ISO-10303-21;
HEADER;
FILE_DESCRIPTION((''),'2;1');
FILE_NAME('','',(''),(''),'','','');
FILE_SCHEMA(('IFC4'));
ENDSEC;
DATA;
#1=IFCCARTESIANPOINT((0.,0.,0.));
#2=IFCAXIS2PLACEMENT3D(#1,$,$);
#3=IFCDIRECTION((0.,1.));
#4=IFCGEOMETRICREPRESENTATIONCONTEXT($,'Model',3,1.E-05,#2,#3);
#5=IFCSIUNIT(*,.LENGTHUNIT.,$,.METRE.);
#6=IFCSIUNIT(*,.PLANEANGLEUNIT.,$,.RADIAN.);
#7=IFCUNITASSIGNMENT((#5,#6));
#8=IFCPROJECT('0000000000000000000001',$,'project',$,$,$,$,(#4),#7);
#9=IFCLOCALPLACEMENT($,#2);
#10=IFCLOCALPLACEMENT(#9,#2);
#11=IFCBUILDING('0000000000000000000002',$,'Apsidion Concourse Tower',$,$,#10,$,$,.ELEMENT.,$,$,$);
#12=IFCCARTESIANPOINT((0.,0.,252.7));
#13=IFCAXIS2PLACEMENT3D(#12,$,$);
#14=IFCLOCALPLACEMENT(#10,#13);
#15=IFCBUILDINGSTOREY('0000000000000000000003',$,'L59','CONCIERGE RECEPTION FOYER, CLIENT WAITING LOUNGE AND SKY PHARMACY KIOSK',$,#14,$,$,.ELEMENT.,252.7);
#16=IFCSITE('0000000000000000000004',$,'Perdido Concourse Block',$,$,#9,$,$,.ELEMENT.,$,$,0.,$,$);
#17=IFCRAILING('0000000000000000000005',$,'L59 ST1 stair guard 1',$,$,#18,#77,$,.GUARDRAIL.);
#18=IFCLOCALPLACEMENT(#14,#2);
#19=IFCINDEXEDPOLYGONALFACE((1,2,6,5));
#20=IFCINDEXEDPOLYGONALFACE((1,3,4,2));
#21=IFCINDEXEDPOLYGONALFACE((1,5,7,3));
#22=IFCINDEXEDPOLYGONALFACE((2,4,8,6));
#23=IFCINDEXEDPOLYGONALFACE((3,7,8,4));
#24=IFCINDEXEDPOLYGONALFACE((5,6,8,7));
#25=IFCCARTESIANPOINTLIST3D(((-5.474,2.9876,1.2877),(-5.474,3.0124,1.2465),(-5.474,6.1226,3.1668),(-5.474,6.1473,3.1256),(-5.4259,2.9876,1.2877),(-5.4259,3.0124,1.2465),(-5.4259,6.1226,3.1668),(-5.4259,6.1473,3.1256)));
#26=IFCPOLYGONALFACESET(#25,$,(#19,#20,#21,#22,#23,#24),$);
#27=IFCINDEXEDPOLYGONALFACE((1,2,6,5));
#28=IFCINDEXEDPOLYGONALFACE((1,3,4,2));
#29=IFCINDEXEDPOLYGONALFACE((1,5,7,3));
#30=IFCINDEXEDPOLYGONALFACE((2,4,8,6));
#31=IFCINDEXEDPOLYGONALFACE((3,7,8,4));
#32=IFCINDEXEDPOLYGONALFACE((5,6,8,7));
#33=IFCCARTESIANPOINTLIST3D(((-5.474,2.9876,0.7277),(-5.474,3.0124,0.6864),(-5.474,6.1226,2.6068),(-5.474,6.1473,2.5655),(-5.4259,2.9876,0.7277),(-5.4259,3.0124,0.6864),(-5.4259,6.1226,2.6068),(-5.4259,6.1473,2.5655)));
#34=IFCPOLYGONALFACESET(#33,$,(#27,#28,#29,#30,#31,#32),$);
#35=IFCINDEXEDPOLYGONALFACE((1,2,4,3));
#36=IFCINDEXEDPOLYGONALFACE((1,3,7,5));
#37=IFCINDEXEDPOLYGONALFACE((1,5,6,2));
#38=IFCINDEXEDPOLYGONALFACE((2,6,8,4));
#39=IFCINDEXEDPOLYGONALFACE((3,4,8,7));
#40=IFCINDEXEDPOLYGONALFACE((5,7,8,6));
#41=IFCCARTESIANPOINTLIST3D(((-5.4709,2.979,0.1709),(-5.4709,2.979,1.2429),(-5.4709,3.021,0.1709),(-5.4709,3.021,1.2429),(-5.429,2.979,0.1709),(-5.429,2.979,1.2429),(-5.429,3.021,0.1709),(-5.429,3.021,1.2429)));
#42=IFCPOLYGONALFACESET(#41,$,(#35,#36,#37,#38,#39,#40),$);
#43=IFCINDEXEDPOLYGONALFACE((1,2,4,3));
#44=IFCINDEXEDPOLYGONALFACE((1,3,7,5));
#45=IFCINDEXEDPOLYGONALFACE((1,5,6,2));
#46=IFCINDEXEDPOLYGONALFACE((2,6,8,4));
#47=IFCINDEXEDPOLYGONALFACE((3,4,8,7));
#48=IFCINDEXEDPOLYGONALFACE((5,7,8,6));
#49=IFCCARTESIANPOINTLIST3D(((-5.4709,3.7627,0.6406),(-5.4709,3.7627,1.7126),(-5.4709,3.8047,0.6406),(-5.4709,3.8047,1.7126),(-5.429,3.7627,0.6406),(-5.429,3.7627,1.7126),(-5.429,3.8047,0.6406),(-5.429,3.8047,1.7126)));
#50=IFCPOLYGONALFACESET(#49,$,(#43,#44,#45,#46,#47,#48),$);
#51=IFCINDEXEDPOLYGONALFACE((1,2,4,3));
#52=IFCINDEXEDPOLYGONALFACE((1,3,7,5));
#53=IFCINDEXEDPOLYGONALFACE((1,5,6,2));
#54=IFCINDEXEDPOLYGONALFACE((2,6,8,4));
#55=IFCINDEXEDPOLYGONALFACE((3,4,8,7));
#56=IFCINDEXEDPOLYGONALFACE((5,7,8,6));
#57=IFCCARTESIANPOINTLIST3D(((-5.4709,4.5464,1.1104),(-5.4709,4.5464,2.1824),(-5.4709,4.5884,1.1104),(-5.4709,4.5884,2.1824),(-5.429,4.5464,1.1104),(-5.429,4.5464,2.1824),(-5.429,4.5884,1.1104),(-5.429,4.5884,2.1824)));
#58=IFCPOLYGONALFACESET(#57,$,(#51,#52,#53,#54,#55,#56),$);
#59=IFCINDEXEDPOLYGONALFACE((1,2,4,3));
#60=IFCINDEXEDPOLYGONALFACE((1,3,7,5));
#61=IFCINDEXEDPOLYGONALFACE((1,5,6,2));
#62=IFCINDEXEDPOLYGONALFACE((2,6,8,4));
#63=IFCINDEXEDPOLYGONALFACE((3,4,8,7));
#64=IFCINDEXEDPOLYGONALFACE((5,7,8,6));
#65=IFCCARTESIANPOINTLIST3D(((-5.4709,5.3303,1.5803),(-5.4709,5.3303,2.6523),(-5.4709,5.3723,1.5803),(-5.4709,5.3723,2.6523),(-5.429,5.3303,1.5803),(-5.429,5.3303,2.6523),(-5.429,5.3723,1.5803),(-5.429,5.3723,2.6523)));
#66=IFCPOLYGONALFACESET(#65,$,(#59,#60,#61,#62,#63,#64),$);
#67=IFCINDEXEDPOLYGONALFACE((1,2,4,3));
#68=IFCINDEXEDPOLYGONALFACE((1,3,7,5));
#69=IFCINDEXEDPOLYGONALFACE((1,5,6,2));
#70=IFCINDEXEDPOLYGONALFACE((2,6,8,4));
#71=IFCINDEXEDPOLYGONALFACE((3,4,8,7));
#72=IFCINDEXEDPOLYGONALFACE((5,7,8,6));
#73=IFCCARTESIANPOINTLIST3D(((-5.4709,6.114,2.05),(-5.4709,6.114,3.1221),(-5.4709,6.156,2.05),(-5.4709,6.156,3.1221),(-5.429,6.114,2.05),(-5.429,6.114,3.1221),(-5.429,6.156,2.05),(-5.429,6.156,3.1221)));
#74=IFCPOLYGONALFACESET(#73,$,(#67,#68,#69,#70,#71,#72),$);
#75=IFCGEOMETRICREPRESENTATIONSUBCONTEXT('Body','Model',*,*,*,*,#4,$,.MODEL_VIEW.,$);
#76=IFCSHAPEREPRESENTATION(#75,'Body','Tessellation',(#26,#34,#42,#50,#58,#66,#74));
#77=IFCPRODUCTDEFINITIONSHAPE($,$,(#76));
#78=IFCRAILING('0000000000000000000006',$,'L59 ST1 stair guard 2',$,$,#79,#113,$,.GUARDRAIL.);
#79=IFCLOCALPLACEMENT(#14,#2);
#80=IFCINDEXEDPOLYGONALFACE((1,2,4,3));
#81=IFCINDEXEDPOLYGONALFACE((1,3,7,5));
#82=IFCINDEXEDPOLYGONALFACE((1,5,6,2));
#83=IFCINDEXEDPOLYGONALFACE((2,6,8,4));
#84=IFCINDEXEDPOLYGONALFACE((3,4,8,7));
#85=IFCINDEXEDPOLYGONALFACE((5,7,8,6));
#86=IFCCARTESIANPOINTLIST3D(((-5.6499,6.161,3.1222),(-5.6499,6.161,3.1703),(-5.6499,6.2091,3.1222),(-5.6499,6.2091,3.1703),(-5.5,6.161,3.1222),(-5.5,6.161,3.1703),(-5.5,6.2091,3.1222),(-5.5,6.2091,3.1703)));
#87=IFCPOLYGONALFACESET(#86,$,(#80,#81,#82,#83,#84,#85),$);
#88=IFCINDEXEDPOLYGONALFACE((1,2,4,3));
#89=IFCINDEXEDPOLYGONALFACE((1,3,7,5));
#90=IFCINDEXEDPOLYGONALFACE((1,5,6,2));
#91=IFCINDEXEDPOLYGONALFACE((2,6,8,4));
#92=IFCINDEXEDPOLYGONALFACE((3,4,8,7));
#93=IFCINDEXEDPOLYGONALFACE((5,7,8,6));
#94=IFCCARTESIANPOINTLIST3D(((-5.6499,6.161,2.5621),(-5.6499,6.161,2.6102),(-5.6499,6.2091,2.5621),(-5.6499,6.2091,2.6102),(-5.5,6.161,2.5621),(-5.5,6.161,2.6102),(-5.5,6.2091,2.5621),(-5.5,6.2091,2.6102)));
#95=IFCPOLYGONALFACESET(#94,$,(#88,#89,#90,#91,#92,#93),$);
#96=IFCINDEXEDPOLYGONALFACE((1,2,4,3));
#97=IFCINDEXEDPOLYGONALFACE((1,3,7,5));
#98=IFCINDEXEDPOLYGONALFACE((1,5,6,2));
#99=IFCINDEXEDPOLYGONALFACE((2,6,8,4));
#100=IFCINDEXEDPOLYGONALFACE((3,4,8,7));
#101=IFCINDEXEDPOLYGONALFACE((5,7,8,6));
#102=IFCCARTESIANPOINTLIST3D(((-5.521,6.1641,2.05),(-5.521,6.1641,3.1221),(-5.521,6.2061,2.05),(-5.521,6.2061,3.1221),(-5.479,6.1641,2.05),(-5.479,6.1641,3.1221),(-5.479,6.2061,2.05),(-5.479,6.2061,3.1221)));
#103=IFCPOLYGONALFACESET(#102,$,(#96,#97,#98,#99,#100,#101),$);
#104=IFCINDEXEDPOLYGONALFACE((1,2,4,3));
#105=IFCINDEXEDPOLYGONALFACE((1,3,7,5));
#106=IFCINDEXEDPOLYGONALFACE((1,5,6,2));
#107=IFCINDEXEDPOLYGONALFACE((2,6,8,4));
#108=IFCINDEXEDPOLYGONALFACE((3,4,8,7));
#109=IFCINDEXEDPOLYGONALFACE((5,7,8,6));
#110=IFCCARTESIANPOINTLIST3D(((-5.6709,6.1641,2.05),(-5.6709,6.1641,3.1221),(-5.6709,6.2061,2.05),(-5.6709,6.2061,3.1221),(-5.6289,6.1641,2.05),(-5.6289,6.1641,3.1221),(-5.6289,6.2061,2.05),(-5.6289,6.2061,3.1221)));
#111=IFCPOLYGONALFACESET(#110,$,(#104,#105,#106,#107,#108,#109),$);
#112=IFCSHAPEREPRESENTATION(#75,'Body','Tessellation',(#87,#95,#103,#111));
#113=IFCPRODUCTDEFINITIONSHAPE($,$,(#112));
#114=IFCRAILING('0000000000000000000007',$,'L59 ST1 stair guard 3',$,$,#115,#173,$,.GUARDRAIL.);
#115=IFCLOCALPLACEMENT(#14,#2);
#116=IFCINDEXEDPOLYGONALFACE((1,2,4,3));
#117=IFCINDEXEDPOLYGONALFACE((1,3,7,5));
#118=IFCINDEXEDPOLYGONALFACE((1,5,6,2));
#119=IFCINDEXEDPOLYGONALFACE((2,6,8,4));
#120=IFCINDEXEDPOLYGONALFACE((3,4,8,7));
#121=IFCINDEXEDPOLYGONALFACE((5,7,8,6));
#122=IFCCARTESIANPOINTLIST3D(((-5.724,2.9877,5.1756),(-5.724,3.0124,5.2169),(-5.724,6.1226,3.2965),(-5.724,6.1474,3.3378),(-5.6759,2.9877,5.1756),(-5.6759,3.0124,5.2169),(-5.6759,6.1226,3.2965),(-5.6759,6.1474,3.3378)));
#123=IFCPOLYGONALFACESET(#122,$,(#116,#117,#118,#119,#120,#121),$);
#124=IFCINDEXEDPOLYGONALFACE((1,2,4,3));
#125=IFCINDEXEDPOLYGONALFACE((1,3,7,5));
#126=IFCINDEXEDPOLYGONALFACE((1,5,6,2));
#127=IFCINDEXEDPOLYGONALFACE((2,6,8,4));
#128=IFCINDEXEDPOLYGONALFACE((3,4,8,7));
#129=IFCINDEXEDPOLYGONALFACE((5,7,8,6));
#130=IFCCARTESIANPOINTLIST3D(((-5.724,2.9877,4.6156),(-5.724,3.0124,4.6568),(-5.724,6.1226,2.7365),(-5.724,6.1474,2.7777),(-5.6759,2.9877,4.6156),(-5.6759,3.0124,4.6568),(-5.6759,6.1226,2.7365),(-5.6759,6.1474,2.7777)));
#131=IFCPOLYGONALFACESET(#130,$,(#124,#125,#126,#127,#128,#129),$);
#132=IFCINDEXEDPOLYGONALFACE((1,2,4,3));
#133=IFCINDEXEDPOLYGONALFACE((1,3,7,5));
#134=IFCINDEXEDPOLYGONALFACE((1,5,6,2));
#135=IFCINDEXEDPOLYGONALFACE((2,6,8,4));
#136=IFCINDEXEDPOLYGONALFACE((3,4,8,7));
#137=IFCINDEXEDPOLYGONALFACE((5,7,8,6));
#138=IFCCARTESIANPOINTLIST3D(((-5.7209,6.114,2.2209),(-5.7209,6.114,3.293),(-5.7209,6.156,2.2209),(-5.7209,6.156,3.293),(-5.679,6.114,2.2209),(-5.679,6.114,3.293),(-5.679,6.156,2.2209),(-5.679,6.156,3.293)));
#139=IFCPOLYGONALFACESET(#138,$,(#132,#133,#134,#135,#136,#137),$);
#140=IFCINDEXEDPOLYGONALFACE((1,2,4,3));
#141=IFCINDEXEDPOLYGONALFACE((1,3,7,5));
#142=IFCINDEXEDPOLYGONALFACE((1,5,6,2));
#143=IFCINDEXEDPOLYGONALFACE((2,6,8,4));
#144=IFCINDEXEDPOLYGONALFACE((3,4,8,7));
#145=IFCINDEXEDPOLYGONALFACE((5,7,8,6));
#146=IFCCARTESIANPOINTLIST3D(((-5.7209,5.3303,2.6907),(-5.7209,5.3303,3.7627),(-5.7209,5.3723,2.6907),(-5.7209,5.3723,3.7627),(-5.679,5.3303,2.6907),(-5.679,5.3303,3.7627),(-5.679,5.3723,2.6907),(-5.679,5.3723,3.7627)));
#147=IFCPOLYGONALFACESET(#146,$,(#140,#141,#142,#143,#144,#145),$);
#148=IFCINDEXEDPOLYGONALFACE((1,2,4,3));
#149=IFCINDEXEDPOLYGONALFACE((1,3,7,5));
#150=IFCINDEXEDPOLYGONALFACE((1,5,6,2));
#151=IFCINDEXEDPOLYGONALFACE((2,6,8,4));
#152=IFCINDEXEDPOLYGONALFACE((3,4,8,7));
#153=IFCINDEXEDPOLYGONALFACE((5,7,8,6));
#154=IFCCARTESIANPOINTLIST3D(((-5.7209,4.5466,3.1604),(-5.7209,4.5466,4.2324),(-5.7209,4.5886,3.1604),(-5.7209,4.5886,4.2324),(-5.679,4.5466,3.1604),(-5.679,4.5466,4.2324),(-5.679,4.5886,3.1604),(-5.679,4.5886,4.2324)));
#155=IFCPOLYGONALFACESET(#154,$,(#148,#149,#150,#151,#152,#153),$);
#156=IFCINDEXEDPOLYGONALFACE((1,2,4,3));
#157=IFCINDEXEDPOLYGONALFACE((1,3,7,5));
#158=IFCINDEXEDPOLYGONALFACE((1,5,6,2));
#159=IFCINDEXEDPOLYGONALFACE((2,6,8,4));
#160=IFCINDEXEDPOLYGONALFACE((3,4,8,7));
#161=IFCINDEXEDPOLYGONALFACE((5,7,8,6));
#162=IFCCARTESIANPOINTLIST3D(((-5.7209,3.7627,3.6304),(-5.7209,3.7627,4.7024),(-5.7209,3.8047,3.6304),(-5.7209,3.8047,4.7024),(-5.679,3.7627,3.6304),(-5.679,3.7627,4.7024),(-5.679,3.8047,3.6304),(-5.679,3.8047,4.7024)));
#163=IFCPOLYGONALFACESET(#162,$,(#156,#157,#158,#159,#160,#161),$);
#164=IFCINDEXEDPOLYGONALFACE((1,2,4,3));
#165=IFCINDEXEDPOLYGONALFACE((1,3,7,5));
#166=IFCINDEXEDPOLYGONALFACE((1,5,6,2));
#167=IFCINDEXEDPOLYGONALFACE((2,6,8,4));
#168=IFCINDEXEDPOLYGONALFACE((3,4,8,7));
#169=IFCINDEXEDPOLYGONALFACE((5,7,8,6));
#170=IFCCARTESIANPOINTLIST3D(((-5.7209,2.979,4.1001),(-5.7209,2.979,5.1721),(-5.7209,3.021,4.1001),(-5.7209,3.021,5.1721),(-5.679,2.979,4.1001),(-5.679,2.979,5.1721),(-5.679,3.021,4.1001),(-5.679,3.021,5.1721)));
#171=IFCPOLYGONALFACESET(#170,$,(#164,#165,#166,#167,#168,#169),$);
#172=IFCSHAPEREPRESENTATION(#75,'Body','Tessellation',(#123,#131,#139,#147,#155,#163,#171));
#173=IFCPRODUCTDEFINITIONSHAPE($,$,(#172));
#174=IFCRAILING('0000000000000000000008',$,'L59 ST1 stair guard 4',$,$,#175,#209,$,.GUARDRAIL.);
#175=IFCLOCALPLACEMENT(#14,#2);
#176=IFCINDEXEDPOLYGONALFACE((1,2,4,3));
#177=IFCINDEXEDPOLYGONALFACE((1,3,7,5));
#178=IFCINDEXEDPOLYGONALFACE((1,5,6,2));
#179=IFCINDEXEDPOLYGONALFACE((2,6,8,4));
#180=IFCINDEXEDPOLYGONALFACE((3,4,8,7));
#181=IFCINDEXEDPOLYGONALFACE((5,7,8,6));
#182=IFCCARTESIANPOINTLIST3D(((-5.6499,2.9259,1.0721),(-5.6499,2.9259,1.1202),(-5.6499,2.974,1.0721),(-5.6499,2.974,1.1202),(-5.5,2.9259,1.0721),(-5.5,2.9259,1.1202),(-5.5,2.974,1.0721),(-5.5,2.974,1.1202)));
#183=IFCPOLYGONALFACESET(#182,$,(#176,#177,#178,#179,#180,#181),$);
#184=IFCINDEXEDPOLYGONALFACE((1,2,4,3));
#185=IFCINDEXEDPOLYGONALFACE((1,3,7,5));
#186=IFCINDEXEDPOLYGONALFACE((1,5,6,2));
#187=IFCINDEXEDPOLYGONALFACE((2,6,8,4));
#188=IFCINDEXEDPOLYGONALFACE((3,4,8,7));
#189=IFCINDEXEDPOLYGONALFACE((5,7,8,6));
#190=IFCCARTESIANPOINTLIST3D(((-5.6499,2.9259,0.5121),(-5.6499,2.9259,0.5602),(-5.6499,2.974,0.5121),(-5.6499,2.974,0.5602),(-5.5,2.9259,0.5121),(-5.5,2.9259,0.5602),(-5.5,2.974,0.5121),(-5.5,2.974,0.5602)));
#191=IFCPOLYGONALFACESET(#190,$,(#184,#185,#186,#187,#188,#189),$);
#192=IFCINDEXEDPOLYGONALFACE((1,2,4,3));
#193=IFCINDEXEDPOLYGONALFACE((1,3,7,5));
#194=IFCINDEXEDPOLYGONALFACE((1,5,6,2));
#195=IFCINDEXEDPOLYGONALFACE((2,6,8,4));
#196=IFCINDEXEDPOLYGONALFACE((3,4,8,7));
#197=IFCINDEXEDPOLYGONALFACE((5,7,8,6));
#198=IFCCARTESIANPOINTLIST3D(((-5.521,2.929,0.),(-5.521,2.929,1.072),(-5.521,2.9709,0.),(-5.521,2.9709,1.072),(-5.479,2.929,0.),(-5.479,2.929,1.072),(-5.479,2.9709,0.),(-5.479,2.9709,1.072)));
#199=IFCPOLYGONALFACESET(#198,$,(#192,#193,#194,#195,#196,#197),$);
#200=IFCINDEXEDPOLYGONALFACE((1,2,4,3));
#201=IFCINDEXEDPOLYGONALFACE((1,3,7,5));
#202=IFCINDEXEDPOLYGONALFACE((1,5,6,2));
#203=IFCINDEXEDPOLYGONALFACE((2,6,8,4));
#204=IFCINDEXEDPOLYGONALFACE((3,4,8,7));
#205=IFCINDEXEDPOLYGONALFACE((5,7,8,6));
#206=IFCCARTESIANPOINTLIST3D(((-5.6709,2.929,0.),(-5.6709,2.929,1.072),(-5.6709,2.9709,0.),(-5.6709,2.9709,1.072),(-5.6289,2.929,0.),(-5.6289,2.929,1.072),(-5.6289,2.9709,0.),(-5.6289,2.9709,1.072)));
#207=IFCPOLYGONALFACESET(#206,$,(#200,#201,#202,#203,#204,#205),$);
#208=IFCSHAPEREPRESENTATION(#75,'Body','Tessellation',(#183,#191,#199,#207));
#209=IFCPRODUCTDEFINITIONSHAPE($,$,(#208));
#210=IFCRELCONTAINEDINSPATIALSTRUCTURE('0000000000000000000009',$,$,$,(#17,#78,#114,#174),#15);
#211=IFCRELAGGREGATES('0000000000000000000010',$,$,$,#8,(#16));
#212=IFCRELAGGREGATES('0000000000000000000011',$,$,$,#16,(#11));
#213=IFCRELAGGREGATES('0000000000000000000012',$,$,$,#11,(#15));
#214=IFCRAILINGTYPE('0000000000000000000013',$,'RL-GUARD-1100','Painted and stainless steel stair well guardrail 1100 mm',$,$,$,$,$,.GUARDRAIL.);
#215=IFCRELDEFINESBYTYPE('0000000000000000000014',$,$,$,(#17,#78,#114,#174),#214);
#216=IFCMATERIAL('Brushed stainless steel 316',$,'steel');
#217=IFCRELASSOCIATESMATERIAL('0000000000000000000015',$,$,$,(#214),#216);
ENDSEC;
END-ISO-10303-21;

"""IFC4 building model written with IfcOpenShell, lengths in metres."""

from ifc_helpers import new_model, si_unit, direction, frame, origin, origin_2d, place, context, subcontext, project, spatial, rectangle, extrude, material, type_object, element, save


model = new_model("IFC4")

# Units and contexts
model_context = context("Model", 3, precision=1e-05, world=origin(), true_north=direction((0.0, 1.0)))
body_context = subcontext(model_context, "Body", "Model", "MODEL_VIEW")
ifc_project = project(units=[si_unit("LENGTHUNIT", "METRE"), si_unit("PLANEANGLEUNIT", "RADIAN")], contexts=[model_context])

# Site, building, storey
site_placement = place(None, origin())
site = spatial("IfcSite", under=ifc_project, at=site_placement, Name="Perdido Concourse Block", CompositionType="ELEMENT", RefElevation=0.0)
building_placement = place(site_placement, origin())
building = spatial("IfcBuilding", under=site, at=building_placement, Name="Apsidion Concourse Tower", CompositionType="ELEMENT")
storey_placement = place(building_placement, frame((0.0, 0.0, 252.7)))
storey = spatial("IfcBuildingStorey", under=building, at=storey_placement, Name="L59", Description="CONCIERGE RECEPTION FOYER, CLIENT WAITING LOUNGE AND SKY PHARMACY KIOSK", CompositionType="ELEMENT", Elevation=252.7)

# Railings
ifc_material_1 = material(Name="Brushed stainless steel 316", Category="steel")
railing_type_1 = type_object("IfcRailingType", Name="RL-GUARD-1100", Description="Painted and stainless steel stair well guardrail 1100 mm", PredefinedType="GUARDRAIL", material=ifc_material_1)
railing_1_placement = place(storey_placement, frame((-5.45, 3.0, 0.1709)))
element("IfcRailing", 1, at=railing_1_placement, inside=storey, type_object=railing_type_1, Name="L59 ST1 stair guard 1", PredefinedType="GUARDRAIL", context=body_context, shape_type="SweptSolid", body=[
    extrude(rectangle(XDim=0.0481, YDim=0.0481, at=origin_2d()), frame((0.0, 0.0, 1.0962), z_axis=(0.0, 0.857717, 0.514122), x_axis=(-1.0, 0.0, 0.0)), (0.0, 0.0, 1.0), 3.655),
    extrude(rectangle(XDim=0.0481, YDim=0.0481, at=origin_2d()), frame((0.0, 0.0, 0.5361), z_axis=(0.0, 0.857717, 0.514122), x_axis=(-1.0, 0.0, 0.0)), (0.0, 0.0, 1.0), 3.655),
    extrude(rectangle(XDim=0.042, YDim=0.042, at=origin_2d()), origin(), (0.0, 0.0, 1.0), 1.072),
    extrude(rectangle(XDim=0.042, YDim=0.042, at=origin_2d()), frame((0.0, 0.7837, 0.4697)), (0.0, 0.0, 1.0), 1.072),
    extrude(rectangle(XDim=0.042, YDim=0.042, at=origin_2d()), frame((0.0, 1.5674, 0.9395)), (0.0, 0.0, 1.0), 1.072),
    extrude(rectangle(XDim=0.042, YDim=0.042, at=origin_2d()), frame((0.0, 2.3513, 1.4094)), (0.0, 0.0, 1.0), 1.072),
    extrude(rectangle(XDim=0.042, YDim=0.042, at=origin_2d()), frame((0.0, 3.135, 1.8792)), (0.0, 0.0, 1.0), 1.072),
])
railing_2_placement = place(storey_placement, frame((-5.5, 6.1851, 2.05)))
element("IfcRailing", 2, at=railing_2_placement, inside=storey, type_object=railing_type_1, Name="L59 ST1 stair guard 2", PredefinedType="GUARDRAIL", context=body_context, shape_type="SweptSolid", body=[
    extrude(rectangle(XDim=0.0481, YDim=0.0481, at=origin_2d()), frame((0.0, 0.0, 1.0962), z_axis=(-1.0, 0.0, 0.0), x_axis=(0.0, -1.0, 0.0)), (0.0, 0.0, 1.0), 0.1499),
    extrude(rectangle(XDim=0.0481, YDim=0.0481, at=origin_2d()), frame((0.0, 0.0, 0.5361), z_axis=(-1.0, 0.0, 0.0), x_axis=(0.0, -1.0, 0.0)), (0.0, 0.0, 1.0), 0.1499),
    extrude(rectangle(XDim=0.042, YDim=0.042, at=origin_2d()), origin(), (0.0, 0.0, 1.0), 1.072),
    extrude(rectangle(XDim=0.042, YDim=0.042, at=origin_2d()), frame((-0.1499, 0.0, 0.0)), (0.0, 0.0, 1.0), 1.072),
])
railing_3_placement = place(storey_placement, frame((-5.7, 6.135, 2.2209)))
element("IfcRailing", 3, at=railing_3_placement, inside=storey, type_object=railing_type_1, Name="L59 ST1 stair guard 3", PredefinedType="GUARDRAIL", context=body_context, shape_type="SweptSolid", body=[
    extrude(rectangle(XDim=0.0481, YDim=0.0481, at=origin_2d()), frame((0.0, 0.0, 1.0962), z_axis=(0.0, -0.857717, 0.514122), x_axis=(1.0, 0.0, 0.0)), (0.0, 0.0, 1.0), 3.655),
    extrude(rectangle(XDim=0.0481, YDim=0.0481, at=origin_2d()), frame((0.0, 0.0, 0.5361), z_axis=(0.0, -0.857717, 0.514122), x_axis=(1.0, 0.0, 0.0)), (0.0, 0.0, 1.0), 3.655),
    extrude(rectangle(XDim=0.042, YDim=0.042, at=origin_2d()), origin(), (0.0, 0.0, 1.0), 1.072),
    extrude(rectangle(XDim=0.042, YDim=0.042, at=origin_2d()), frame((0.0, -0.7837, 0.4697)), (0.0, 0.0, 1.0), 1.072),
    extrude(rectangle(XDim=0.042, YDim=0.042, at=origin_2d()), frame((0.0, -1.5674, 0.9395)), (0.0, 0.0, 1.0), 1.072),
    extrude(rectangle(XDim=0.042, YDim=0.042, at=origin_2d()), frame((0.0, -2.3513, 1.4094)), (0.0, 0.0, 1.0), 1.072),
    extrude(rectangle(XDim=0.042, YDim=0.042, at=origin_2d()), frame((0.0, -3.135, 1.8792)), (0.0, 0.0, 1.0), 1.072),
])
railing_4_placement = place(storey_placement, frame((-5.5, 2.95, 0.0)))
element("IfcRailing", 4, at=railing_4_placement, inside=storey, type_object=railing_type_1, Name="L59 ST1 stair guard 4", PredefinedType="GUARDRAIL", context=body_context, shape_type="SweptSolid", body=[
    extrude(rectangle(XDim=0.0481, YDim=0.0481, at=origin_2d()), frame((0.0, 0.0, 1.0962), z_axis=(-1.0, 0.0, 0.0), x_axis=(0.0, -1.0, 0.0)), (0.0, 0.0, 1.0), 0.1499),
    extrude(rectangle(XDim=0.0481, YDim=0.0481, at=origin_2d()), frame((0.0, 0.0, 0.5361), z_axis=(-1.0, 0.0, 0.0), x_axis=(0.0, -1.0, 0.0)), (0.0, 0.0, 1.0), 0.1499),
    extrude(rectangle(XDim=0.042, YDim=0.042, at=origin_2d()), origin(), (0.0, 0.0, 1.0), 1.072),
    extrude(rectangle(XDim=0.042, YDim=0.042, at=origin_2d()), frame((-0.1499, 0.0, 0.0)), (0.0, 0.0, 1.0), 1.072),
])

save(model, "model.ifc")
